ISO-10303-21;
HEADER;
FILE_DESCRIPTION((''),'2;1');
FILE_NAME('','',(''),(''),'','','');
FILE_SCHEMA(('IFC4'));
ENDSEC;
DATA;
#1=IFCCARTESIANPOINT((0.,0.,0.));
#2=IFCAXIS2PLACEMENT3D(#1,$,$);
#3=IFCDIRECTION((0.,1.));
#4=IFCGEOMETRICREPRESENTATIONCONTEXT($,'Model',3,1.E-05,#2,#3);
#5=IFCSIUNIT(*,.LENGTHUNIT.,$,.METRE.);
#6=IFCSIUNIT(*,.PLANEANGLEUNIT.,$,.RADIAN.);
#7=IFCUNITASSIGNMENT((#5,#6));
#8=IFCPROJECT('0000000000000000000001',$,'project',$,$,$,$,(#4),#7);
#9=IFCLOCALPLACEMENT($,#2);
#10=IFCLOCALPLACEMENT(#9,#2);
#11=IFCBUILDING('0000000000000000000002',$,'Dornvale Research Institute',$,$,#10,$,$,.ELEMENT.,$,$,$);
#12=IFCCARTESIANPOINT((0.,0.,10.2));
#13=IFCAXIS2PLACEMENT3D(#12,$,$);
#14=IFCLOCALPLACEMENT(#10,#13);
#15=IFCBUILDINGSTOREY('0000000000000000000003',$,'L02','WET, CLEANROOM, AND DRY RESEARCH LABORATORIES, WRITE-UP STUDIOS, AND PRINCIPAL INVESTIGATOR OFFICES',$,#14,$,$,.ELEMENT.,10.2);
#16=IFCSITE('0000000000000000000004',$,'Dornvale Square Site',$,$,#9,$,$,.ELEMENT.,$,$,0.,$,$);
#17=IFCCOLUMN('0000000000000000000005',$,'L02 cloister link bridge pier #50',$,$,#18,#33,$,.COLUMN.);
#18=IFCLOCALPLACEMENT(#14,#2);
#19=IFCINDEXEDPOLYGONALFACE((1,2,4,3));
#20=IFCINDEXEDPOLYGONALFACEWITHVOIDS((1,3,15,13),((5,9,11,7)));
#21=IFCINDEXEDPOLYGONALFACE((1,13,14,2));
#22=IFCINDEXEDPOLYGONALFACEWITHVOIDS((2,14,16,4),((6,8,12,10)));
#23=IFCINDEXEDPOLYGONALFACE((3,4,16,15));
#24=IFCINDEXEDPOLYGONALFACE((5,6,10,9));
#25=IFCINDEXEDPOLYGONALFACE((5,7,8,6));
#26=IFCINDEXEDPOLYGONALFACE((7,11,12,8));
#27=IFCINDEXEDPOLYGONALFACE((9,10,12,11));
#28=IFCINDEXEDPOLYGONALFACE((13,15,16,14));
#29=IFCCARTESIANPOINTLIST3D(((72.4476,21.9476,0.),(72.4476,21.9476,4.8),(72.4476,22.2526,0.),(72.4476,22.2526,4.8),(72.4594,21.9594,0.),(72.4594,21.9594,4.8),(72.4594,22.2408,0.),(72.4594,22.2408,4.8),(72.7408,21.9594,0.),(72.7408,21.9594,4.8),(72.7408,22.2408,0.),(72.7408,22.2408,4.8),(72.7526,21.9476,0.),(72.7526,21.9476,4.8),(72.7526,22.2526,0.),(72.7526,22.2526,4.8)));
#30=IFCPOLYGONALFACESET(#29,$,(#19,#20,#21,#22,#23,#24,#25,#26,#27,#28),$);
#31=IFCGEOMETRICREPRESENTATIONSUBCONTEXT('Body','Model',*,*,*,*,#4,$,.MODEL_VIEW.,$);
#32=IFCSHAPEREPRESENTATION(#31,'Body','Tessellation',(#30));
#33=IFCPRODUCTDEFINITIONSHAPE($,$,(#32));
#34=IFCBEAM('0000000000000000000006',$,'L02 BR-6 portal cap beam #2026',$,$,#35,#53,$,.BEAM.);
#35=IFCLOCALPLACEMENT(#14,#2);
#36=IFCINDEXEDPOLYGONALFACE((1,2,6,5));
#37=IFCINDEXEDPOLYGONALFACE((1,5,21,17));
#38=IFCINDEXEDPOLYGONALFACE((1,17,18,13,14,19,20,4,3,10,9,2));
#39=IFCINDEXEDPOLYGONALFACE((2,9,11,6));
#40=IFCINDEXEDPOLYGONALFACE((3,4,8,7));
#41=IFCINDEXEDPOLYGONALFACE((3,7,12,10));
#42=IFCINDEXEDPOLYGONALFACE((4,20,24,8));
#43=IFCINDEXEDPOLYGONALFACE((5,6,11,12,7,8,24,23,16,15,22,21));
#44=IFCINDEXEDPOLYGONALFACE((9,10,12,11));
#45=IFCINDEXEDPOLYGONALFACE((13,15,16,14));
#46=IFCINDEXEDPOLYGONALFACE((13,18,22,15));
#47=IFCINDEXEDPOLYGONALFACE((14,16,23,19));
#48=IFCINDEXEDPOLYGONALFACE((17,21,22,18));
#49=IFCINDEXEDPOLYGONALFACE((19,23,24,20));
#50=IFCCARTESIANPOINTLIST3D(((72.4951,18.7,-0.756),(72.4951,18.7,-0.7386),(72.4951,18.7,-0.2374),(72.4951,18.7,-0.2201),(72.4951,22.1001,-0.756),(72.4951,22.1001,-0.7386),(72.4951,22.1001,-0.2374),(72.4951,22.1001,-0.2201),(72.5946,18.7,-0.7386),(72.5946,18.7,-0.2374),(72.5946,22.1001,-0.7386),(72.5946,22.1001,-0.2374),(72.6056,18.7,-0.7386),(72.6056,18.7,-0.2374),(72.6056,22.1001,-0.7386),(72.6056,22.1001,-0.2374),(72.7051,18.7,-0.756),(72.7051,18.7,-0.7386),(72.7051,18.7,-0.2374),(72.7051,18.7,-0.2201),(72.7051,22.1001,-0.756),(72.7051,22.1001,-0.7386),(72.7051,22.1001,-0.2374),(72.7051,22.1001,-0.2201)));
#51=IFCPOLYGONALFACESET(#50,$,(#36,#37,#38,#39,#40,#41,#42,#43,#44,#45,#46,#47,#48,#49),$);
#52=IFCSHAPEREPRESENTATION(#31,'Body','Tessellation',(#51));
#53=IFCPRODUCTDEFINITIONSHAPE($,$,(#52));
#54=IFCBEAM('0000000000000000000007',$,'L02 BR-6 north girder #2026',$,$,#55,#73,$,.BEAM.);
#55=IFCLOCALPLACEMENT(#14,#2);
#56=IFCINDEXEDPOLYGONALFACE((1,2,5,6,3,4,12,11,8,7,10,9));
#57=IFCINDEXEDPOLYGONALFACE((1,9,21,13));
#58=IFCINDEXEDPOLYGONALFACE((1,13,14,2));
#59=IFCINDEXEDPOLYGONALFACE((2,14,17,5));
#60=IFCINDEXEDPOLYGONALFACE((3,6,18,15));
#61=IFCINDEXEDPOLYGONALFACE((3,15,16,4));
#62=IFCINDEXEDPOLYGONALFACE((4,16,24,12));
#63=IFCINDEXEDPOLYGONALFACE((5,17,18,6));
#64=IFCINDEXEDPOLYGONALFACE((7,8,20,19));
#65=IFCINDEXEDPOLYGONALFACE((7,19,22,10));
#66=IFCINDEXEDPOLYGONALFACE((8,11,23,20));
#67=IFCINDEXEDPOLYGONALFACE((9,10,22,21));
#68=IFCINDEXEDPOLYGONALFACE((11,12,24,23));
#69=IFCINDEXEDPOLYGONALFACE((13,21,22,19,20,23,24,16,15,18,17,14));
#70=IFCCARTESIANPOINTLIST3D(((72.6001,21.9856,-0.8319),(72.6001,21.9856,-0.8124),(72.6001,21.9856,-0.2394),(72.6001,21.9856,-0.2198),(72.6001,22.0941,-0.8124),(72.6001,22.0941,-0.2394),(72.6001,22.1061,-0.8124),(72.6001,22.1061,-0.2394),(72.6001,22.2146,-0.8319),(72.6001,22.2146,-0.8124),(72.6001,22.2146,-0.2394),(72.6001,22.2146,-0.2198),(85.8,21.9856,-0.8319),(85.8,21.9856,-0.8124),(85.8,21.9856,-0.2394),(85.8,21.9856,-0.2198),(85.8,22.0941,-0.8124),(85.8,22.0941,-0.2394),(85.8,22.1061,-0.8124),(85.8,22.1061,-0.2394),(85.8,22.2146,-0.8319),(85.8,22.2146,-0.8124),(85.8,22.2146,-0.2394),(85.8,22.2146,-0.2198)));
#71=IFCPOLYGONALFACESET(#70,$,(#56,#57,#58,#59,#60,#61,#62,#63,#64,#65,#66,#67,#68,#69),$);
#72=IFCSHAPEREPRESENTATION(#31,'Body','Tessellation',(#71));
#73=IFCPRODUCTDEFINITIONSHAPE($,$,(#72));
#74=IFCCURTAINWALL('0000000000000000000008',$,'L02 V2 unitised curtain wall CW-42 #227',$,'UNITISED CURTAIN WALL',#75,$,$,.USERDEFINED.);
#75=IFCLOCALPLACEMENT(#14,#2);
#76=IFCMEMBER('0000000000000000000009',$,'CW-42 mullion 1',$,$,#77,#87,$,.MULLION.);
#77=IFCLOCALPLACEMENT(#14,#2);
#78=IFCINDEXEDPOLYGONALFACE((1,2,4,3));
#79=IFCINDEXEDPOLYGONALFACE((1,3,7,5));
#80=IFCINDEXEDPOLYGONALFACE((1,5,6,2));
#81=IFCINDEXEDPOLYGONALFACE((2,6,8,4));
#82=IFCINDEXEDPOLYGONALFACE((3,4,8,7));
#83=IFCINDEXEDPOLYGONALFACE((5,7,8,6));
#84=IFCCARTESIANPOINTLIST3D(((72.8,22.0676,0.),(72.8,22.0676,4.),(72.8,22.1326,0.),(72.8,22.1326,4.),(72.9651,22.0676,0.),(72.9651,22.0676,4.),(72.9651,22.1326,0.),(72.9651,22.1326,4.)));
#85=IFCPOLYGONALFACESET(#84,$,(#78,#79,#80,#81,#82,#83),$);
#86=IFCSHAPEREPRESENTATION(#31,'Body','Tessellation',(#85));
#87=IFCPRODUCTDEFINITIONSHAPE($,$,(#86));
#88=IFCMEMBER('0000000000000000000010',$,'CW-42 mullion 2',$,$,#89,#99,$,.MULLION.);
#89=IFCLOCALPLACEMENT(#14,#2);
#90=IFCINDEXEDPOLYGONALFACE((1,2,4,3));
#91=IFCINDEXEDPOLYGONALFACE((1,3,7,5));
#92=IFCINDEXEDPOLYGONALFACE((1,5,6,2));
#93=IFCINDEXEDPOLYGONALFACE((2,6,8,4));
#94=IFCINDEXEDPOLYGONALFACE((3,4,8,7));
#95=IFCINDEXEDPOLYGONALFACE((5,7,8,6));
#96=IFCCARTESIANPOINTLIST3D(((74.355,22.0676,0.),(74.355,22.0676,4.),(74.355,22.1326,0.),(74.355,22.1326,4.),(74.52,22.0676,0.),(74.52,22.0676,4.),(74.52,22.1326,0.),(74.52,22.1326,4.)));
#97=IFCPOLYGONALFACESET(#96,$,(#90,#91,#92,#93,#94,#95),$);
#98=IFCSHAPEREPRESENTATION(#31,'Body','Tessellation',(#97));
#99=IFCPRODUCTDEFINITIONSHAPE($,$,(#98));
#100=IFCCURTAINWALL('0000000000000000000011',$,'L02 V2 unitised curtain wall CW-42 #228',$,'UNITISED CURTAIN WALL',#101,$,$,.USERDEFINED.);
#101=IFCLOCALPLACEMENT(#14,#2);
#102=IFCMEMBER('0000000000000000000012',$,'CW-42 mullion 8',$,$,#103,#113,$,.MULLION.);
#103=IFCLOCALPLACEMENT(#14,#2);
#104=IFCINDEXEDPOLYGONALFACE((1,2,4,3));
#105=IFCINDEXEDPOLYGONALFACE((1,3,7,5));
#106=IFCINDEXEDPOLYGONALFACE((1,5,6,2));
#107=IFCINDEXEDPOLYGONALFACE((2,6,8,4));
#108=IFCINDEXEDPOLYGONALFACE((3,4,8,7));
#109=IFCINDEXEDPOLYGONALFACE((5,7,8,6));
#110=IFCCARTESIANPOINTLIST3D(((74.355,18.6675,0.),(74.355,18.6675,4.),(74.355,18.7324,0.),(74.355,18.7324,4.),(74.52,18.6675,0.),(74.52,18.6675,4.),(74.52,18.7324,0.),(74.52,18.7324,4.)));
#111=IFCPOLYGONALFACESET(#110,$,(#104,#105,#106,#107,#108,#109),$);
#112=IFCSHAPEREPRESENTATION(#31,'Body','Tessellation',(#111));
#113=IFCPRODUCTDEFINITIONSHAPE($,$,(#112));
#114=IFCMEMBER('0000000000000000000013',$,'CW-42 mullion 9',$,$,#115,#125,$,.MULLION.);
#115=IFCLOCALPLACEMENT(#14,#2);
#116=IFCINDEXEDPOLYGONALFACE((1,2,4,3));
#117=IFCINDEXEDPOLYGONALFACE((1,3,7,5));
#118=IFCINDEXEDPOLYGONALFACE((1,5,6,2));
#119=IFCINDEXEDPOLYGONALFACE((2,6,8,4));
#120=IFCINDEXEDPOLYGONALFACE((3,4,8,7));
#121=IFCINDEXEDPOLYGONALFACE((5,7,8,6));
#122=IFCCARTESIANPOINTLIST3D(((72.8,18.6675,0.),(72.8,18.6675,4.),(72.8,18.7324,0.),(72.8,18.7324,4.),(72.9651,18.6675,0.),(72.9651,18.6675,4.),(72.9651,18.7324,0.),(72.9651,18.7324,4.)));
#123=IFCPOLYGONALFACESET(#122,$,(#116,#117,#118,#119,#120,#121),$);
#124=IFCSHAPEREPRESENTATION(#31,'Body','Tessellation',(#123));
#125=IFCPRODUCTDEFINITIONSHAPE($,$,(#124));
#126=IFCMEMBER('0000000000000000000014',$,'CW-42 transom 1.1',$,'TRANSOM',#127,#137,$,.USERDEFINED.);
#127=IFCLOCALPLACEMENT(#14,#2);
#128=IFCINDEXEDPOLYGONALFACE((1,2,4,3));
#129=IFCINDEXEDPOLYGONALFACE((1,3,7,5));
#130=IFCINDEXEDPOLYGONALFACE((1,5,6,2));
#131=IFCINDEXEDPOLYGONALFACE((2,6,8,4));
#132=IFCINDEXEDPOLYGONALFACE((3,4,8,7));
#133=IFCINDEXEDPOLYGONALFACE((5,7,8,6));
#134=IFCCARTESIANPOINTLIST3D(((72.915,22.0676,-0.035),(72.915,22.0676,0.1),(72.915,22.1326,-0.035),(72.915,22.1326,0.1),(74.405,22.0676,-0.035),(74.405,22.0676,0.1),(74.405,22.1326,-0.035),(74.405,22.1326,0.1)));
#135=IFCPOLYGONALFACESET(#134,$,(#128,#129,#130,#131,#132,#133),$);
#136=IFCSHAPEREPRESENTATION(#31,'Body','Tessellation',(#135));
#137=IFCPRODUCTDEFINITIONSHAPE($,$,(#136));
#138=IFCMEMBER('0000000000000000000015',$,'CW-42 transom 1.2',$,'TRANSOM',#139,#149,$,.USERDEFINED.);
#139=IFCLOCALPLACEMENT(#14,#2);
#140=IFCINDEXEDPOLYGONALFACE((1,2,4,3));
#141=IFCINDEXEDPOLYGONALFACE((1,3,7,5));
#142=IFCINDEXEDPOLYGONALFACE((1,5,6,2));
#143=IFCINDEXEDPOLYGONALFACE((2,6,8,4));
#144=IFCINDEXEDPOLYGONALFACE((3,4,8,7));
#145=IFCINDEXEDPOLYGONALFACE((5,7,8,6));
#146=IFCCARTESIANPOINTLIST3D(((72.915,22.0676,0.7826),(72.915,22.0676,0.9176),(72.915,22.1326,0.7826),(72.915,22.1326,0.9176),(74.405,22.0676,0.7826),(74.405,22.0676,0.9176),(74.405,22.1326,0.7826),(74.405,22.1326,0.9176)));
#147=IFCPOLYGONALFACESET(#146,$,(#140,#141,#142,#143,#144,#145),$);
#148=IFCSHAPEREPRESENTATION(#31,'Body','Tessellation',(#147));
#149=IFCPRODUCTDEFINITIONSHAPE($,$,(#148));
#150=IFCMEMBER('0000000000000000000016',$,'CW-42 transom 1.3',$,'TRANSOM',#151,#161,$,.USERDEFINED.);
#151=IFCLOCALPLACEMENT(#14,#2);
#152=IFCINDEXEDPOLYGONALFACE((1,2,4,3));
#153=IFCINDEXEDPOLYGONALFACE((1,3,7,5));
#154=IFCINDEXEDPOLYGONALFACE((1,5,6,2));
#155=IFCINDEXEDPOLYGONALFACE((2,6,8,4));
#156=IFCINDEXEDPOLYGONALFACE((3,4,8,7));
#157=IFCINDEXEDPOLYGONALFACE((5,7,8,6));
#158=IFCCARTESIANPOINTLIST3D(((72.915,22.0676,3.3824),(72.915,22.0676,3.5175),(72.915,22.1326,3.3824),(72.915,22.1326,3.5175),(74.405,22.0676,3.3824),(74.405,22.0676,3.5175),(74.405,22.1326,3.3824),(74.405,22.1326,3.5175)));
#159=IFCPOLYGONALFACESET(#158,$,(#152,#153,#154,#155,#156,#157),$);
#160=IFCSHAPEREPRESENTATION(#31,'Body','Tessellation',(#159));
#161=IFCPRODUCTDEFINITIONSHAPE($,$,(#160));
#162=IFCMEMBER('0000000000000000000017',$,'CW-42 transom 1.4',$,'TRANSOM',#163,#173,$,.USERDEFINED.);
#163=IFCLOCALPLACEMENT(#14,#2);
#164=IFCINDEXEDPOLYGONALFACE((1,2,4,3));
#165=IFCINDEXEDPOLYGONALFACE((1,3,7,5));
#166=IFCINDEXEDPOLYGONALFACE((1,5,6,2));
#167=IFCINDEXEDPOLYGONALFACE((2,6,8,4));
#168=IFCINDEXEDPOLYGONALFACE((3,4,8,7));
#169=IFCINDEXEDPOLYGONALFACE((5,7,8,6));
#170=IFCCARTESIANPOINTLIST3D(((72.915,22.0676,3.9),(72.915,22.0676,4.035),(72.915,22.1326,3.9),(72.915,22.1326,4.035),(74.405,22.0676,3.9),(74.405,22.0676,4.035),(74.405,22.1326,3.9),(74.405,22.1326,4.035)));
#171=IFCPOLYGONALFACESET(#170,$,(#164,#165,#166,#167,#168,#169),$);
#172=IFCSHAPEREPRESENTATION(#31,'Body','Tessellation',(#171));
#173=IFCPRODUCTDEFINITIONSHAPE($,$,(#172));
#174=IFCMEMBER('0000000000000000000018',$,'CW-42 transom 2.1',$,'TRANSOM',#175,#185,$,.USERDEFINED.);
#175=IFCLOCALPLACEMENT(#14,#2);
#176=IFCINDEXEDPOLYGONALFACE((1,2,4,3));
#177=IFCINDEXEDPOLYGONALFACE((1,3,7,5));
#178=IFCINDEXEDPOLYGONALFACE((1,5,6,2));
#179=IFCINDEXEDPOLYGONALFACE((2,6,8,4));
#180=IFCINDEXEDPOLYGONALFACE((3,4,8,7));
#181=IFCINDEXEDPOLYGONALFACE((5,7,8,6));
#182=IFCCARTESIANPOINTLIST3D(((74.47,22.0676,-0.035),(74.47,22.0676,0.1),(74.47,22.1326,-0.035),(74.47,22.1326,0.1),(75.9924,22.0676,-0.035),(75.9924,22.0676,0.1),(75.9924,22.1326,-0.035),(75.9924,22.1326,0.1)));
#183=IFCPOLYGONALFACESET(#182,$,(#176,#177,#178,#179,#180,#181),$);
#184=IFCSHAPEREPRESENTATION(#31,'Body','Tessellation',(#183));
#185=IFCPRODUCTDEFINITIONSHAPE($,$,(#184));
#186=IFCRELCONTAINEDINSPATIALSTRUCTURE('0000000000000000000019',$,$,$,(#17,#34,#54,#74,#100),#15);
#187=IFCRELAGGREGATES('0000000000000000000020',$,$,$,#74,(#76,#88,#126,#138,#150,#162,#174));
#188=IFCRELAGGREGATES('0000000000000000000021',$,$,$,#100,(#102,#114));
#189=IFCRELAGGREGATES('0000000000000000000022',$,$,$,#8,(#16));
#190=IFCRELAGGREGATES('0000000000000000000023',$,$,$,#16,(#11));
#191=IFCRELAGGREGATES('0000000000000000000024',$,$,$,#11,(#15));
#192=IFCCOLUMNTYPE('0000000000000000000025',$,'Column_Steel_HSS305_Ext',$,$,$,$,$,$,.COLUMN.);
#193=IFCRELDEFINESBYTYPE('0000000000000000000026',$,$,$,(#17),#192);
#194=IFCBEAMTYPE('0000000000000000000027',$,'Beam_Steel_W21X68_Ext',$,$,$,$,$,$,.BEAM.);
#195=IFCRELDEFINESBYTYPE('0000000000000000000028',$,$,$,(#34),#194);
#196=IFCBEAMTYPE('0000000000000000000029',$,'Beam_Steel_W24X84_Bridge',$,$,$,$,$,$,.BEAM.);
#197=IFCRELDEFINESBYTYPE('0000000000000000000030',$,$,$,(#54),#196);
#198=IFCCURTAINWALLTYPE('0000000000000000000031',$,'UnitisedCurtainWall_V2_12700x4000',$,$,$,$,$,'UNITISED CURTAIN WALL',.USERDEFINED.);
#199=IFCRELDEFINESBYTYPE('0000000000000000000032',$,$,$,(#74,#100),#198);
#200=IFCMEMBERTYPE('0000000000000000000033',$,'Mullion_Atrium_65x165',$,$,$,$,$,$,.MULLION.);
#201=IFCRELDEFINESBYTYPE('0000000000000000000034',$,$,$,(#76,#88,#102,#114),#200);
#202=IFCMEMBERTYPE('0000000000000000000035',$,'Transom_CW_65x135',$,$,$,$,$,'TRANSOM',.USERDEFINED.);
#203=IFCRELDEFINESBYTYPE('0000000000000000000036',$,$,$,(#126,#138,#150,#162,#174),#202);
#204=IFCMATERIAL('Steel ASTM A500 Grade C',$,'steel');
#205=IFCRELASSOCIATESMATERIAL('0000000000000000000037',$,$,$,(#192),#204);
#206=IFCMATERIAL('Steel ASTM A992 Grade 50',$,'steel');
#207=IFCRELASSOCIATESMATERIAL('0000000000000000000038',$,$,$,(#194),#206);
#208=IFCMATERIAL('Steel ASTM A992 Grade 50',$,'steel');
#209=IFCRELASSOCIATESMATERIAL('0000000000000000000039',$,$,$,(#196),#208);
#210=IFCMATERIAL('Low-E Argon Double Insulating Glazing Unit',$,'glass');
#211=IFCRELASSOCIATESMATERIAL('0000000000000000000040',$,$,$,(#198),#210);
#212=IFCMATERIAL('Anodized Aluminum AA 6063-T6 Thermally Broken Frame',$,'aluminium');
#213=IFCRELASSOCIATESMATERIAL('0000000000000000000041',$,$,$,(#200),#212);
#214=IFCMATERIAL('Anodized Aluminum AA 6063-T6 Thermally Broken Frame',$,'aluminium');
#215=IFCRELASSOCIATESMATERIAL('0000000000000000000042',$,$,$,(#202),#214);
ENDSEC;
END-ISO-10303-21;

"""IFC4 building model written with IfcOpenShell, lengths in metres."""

from ifc_helpers import new_model, si_unit, direction, frame, origin, origin_2d, place, context, subcontext, project, spatial, rectangle, hollow_rectangle, i_section, extrude, material, material_profile, profile_set, type_object, element, aggregate, save


model = new_model("IFC4")

# Units and contexts
model_context = context("Model", 3, precision=1e-05, world=origin(), true_north=direction((0.0, 1.0)))
body_context = subcontext(model_context, "Body", "Model", "MODEL_VIEW")
ifc_project = project(units=[si_unit("LENGTHUNIT", "METRE"), si_unit("PLANEANGLEUNIT", "RADIAN")], contexts=[model_context])

# Site, building, storey
site_placement = place(None, origin())
site = spatial("IfcSite", under=ifc_project, at=site_placement, Name="Dornvale Square Site", CompositionType="ELEMENT", RefElevation=0.0)
building_placement = place(site_placement, origin())
building = spatial("IfcBuilding", under=site, at=building_placement, Name="Dornvale Research Institute", CompositionType="ELEMENT")
storey_placement = place(building_placement, frame((0.0, 0.0, 10.2)))
storey = spatial("IfcBuildingStorey", under=building, at=storey_placement, Name="L02", Description="WET, CLEANROOM, AND DRY RESEARCH LABORATORIES, WRITE-UP STUDIOS, AND PRINCIPAL INVESTIGATOR OFFICES", CompositionType="ELEMENT", Elevation=10.2)

# Column
ifc_material_1 = material(Name="Steel ASTM A500 Grade C", Category="steel")
ifc_material_profile_1 = material_profile(ifc_material_1, hollow_rectangle(XDim=0.3049, YDim=0.3049, WallThickness=0.0117, at=origin_2d()), Name="HSS305X305X12.7")
ifc_profile_set_1 = profile_set([ifc_material_profile_1], Name="Steel ASTM A500 Grade C")
column_type = type_object("IfcColumnType", Name="Column_Steel_HSS305_Ext", PredefinedType="COLUMN", material=ifc_profile_set_1)
column_placement = place(storey_placement, frame((72.6001, 22.1001, 0.0), z_axis=(0.0, 0.0, 1.0), x_axis=(1.0, 0.0, 0.0)))
element("IfcColumn", 1, at=column_placement, inside=storey, type_object=column_type, Name="L02 cloister link bridge pier #50", PredefinedType="COLUMN", context=body_context, shape_type="SweptSolid", body=[
    extrude(hollow_rectangle(XDim=0.3049, YDim=0.3049, WallThickness=0.0117, at=origin_2d()), origin(), (0.0, 0.0, 1.0), 4.8),
])

# Beams
ifc_material_2 = material(Name="Steel ASTM A992 Grade 50", Category="steel")
ifc_material_profile_2 = material_profile(ifc_material_2, i_section(OverallWidth=0.21, OverallDepth=0.5359, WebThickness=0.011, FlangeThickness=0.0173, at=origin_2d()), Name="W21X68")
ifc_profile_set_2 = profile_set([ifc_material_profile_2], Name="Steel ASTM A992 Grade 50")
beam_type_1 = type_object("IfcBeamType", Name="Beam_Steel_W21X68_Ext", PredefinedType="BEAM", material=ifc_profile_set_2)
beam_1_placement = place(storey_placement, frame((72.6001, 18.7, -0.488), z_axis=(0.0, 1.0, 0.0), x_axis=(-1.0, 0.0, 0.0)))
element("IfcBeam", 2, at=beam_1_placement, inside=storey, type_object=beam_type_1, Name="L02 BR-6 portal cap beam #2026", PredefinedType="BEAM", context=body_context, shape_type="SweptSolid", body=[
    extrude(i_section(OverallWidth=0.21, OverallDepth=0.5359, WebThickness=0.011, FlangeThickness=0.0173, at=origin_2d()), origin(), (0.0, 0.0, 1.0), 3.4001),
])
ifc_material_3 = material(Name="Steel ASTM A992 Grade 50", Category="steel")
ifc_material_profile_3 = material_profile(ifc_material_3, i_section(OverallWidth=0.229, OverallDepth=0.6121, WebThickness=0.012, FlangeThickness=0.0195, at=origin_2d()), Name="W24X84")
ifc_profile_set_3 = profile_set([ifc_material_profile_3], Name="Steel ASTM A992 Grade 50")
beam_type_2 = type_object("IfcBeamType", Name="Beam_Steel_W24X84_Bridge", PredefinedType="BEAM", material=ifc_profile_set_3)
beam_2_placement = place(storey_placement, frame((72.6001, 22.1001, -0.5259), z_axis=(1.0, 0.0, 0.0), x_axis=(0.0, 1.0, 0.0)))
element("IfcBeam", 3, at=beam_2_placement, inside=storey, type_object=beam_type_2, Name="L02 BR-6 north girder #2026", PredefinedType="BEAM", context=body_context, shape_type="SweptSolid", body=[
    extrude(i_section(OverallWidth=0.229, OverallDepth=0.6121, WebThickness=0.012, FlangeThickness=0.0195, at=origin_2d()), origin(), (0.0, 0.0, 1.0), 13.2),
])

# Curtain walls, members
ifc_material_4 = material(Name="Low-E Argon Double Insulating Glazing Unit", Category="glass")
curtain_wall_type = type_object("IfcCurtainWallType", Name="UnitisedCurtainWall_V2_12700x4000", ElementType="UNITISED CURTAIN WALL", PredefinedType="USERDEFINED", material=ifc_material_4)
curtain_wall_1_placement = place(storey_placement, origin())
curtain_wall_1 = element("IfcCurtainWall", 4, at=curtain_wall_1_placement, inside=storey, type_object=curtain_wall_type, Name="L02 V2 unitised curtain wall CW-42 #227", ObjectType="UNITISED CURTAIN WALL", PredefinedType="USERDEFINED")
ifc_material_5 = material(Name="Anodized Aluminum AA 6063-T6 Thermally Broken Frame", Category="aluminium")
ifc_material_profile_4 = material_profile(ifc_material_5, rectangle(XDim=0.0649, YDim=0.165, at=origin_2d()), Name="ALU MULLION 65x165")
ifc_profile_set_4 = profile_set([ifc_material_profile_4], Name="Anodized Aluminum AA 6063-T6 Thermally Broken Frame")
member_type_1 = type_object("IfcMemberType", Name="Mullion_Atrium_65x165", PredefinedType="MULLION", material=ifc_profile_set_4)
member_1_placement = place(storey_placement, frame((72.8826, 22.1001, 0.0), z_axis=(0.0, 0.0, 1.0), x_axis=(0.0, 1.0, 0.0)))
member_1 = element("IfcMember", 5, at=member_1_placement, type_object=member_type_1, Name="CW-42 mullion 1", PredefinedType="MULLION", context=body_context, shape_type="SweptSolid", body=[
    extrude(rectangle(XDim=0.0649, YDim=0.165, at=origin_2d()), origin(), (0.0, 0.0, 1.0), 4.0),
])
member_2_placement = place(storey_placement, frame((74.4375, 22.1001, 0.0), z_axis=(0.0, 0.0, 1.0), x_axis=(0.0, 1.0, 0.0)))
member_2 = element("IfcMember", 6, at=member_2_placement, type_object=member_type_1, Name="CW-42 mullion 2", PredefinedType="MULLION", context=body_context, shape_type="SweptSolid", body=[
    extrude(rectangle(XDim=0.0649, YDim=0.165, at=origin_2d()), origin(), (0.0, 0.0, 1.0), 4.0),
])
curtain_wall_2_placement = place(storey_placement, origin())
curtain_wall_2 = element("IfcCurtainWall", 7, at=curtain_wall_2_placement, inside=storey, type_object=curtain_wall_type, Name="L02 V2 unitised curtain wall CW-42 #228", ObjectType="UNITISED CURTAIN WALL", PredefinedType="USERDEFINED")
member_3_placement = place(storey_placement, frame((74.4375, 18.7, 0.0), z_axis=(0.0, 0.0, 1.0), x_axis=(0.0, -1.0, 0.0)))
member_3 = element("IfcMember", 8, at=member_3_placement, type_object=member_type_1, Name="CW-42 mullion 8", PredefinedType="MULLION", context=body_context, shape_type="SweptSolid", body=[
    extrude(rectangle(XDim=0.0649, YDim=0.165, at=origin_2d()), origin(), (0.0, 0.0, 1.0), 4.0),
])
member_4_placement = place(storey_placement, frame((72.8826, 18.7, 0.0), z_axis=(0.0, 0.0, 1.0), x_axis=(0.0, -1.0, 0.0)))
member_4 = element("IfcMember", 9, at=member_4_placement, type_object=member_type_1, Name="CW-42 mullion 9", PredefinedType="MULLION", context=body_context, shape_type="SweptSolid", body=[
    extrude(rectangle(XDim=0.0649, YDim=0.165, at=origin_2d()), origin(), (0.0, 0.0, 1.0), 4.0),
])

# Members
ifc_material_6 = material(Name="Anodized Aluminum AA 6063-T6 Thermally Broken Frame", Category="aluminium")
ifc_material_profile_5 = material_profile(ifc_material_6, rectangle(XDim=0.0649, YDim=0.135, at=origin_2d()), Name="ALU TRANSOM 65x135")
ifc_profile_set_5 = profile_set([ifc_material_profile_5], Name="Anodized Aluminum AA 6063-T6 Thermally Broken Frame")
member_type_2 = type_object("IfcMemberType", Name="Transom_CW_65x135", ElementType="TRANSOM", PredefinedType="USERDEFINED", material=ifc_profile_set_5)
member_5_placement = place(storey_placement, frame((72.915, 22.1001, 0.0325), z_axis=(1.0, 0.0, 0.0), x_axis=(0.0, 1.0, 0.0)))
member_5 = element("IfcMember", 10, at=member_5_placement, type_object=member_type_2, Name="CW-42 transom 1.1", ObjectType="TRANSOM", PredefinedType="USERDEFINED", context=body_context, shape_type="SweptSolid", body=[
    extrude(rectangle(XDim=0.0649, YDim=0.135, at=origin_2d()), origin(), (0.0, 0.0, 1.0), 1.49),
])
member_6_placement = place(storey_placement, frame((72.915, 22.1001, 0.8501), z_axis=(1.0, 0.0, 0.0), x_axis=(0.0, 1.0, 0.0)))
member_6 = element("IfcMember", 11, at=member_6_placement, type_object=member_type_2, Name="CW-42 transom 1.2", ObjectType="TRANSOM", PredefinedType="USERDEFINED", context=body_context, shape_type="SweptSolid", body=[
    extrude(rectangle(XDim=0.0649, YDim=0.135, at=origin_2d()), origin(), (0.0, 0.0, 1.0), 1.49),
])
member_7_placement = place(storey_placement, frame((72.915, 22.1001, 3.45), z_axis=(1.0, 0.0, 0.0), x_axis=(0.0, 1.0, 0.0)))
member_7 = element("IfcMember", 12, at=member_7_placement, type_object=member_type_2, Name="CW-42 transom 1.3", ObjectType="TRANSOM", PredefinedType="USERDEFINED", context=body_context, shape_type="SweptSolid", body=[
    extrude(rectangle(XDim=0.0649, YDim=0.135, at=origin_2d()), origin(), (0.0, 0.0, 1.0), 1.49),
])
member_8_placement = place(storey_placement, frame((72.915, 22.1001, 3.9675), z_axis=(1.0, 0.0, 0.0), x_axis=(0.0, 1.0, 0.0)))
member_8 = element("IfcMember", 13, at=member_8_placement, type_object=member_type_2, Name="CW-42 transom 1.4", ObjectType="TRANSOM", PredefinedType="USERDEFINED", context=body_context, shape_type="SweptSolid", body=[
    extrude(rectangle(XDim=0.0649, YDim=0.135, at=origin_2d()), origin(), (0.0, 0.0, 1.0), 1.49),
])
member_9_placement = place(storey_placement, frame((74.47, 22.1001, 0.0325), z_axis=(1.0, 0.0, 0.0), x_axis=(0.0, 1.0, 0.0)))
member_9 = element("IfcMember", 14, at=member_9_placement, type_object=member_type_2, Name="CW-42 transom 2.1", ObjectType="TRANSOM", PredefinedType="USERDEFINED", context=body_context, shape_type="SweptSolid", body=[
    extrude(rectangle(XDim=0.0649, YDim=0.135, at=origin_2d()), origin(), (0.0, 0.0, 1.0), 1.5225),
])

aggregate(curtain_wall_1, [member_1, member_2, member_5, member_6, member_7, member_8, member_9])
aggregate(curtain_wall_2, [member_3, member_4])

save(model, "model.ifc")
